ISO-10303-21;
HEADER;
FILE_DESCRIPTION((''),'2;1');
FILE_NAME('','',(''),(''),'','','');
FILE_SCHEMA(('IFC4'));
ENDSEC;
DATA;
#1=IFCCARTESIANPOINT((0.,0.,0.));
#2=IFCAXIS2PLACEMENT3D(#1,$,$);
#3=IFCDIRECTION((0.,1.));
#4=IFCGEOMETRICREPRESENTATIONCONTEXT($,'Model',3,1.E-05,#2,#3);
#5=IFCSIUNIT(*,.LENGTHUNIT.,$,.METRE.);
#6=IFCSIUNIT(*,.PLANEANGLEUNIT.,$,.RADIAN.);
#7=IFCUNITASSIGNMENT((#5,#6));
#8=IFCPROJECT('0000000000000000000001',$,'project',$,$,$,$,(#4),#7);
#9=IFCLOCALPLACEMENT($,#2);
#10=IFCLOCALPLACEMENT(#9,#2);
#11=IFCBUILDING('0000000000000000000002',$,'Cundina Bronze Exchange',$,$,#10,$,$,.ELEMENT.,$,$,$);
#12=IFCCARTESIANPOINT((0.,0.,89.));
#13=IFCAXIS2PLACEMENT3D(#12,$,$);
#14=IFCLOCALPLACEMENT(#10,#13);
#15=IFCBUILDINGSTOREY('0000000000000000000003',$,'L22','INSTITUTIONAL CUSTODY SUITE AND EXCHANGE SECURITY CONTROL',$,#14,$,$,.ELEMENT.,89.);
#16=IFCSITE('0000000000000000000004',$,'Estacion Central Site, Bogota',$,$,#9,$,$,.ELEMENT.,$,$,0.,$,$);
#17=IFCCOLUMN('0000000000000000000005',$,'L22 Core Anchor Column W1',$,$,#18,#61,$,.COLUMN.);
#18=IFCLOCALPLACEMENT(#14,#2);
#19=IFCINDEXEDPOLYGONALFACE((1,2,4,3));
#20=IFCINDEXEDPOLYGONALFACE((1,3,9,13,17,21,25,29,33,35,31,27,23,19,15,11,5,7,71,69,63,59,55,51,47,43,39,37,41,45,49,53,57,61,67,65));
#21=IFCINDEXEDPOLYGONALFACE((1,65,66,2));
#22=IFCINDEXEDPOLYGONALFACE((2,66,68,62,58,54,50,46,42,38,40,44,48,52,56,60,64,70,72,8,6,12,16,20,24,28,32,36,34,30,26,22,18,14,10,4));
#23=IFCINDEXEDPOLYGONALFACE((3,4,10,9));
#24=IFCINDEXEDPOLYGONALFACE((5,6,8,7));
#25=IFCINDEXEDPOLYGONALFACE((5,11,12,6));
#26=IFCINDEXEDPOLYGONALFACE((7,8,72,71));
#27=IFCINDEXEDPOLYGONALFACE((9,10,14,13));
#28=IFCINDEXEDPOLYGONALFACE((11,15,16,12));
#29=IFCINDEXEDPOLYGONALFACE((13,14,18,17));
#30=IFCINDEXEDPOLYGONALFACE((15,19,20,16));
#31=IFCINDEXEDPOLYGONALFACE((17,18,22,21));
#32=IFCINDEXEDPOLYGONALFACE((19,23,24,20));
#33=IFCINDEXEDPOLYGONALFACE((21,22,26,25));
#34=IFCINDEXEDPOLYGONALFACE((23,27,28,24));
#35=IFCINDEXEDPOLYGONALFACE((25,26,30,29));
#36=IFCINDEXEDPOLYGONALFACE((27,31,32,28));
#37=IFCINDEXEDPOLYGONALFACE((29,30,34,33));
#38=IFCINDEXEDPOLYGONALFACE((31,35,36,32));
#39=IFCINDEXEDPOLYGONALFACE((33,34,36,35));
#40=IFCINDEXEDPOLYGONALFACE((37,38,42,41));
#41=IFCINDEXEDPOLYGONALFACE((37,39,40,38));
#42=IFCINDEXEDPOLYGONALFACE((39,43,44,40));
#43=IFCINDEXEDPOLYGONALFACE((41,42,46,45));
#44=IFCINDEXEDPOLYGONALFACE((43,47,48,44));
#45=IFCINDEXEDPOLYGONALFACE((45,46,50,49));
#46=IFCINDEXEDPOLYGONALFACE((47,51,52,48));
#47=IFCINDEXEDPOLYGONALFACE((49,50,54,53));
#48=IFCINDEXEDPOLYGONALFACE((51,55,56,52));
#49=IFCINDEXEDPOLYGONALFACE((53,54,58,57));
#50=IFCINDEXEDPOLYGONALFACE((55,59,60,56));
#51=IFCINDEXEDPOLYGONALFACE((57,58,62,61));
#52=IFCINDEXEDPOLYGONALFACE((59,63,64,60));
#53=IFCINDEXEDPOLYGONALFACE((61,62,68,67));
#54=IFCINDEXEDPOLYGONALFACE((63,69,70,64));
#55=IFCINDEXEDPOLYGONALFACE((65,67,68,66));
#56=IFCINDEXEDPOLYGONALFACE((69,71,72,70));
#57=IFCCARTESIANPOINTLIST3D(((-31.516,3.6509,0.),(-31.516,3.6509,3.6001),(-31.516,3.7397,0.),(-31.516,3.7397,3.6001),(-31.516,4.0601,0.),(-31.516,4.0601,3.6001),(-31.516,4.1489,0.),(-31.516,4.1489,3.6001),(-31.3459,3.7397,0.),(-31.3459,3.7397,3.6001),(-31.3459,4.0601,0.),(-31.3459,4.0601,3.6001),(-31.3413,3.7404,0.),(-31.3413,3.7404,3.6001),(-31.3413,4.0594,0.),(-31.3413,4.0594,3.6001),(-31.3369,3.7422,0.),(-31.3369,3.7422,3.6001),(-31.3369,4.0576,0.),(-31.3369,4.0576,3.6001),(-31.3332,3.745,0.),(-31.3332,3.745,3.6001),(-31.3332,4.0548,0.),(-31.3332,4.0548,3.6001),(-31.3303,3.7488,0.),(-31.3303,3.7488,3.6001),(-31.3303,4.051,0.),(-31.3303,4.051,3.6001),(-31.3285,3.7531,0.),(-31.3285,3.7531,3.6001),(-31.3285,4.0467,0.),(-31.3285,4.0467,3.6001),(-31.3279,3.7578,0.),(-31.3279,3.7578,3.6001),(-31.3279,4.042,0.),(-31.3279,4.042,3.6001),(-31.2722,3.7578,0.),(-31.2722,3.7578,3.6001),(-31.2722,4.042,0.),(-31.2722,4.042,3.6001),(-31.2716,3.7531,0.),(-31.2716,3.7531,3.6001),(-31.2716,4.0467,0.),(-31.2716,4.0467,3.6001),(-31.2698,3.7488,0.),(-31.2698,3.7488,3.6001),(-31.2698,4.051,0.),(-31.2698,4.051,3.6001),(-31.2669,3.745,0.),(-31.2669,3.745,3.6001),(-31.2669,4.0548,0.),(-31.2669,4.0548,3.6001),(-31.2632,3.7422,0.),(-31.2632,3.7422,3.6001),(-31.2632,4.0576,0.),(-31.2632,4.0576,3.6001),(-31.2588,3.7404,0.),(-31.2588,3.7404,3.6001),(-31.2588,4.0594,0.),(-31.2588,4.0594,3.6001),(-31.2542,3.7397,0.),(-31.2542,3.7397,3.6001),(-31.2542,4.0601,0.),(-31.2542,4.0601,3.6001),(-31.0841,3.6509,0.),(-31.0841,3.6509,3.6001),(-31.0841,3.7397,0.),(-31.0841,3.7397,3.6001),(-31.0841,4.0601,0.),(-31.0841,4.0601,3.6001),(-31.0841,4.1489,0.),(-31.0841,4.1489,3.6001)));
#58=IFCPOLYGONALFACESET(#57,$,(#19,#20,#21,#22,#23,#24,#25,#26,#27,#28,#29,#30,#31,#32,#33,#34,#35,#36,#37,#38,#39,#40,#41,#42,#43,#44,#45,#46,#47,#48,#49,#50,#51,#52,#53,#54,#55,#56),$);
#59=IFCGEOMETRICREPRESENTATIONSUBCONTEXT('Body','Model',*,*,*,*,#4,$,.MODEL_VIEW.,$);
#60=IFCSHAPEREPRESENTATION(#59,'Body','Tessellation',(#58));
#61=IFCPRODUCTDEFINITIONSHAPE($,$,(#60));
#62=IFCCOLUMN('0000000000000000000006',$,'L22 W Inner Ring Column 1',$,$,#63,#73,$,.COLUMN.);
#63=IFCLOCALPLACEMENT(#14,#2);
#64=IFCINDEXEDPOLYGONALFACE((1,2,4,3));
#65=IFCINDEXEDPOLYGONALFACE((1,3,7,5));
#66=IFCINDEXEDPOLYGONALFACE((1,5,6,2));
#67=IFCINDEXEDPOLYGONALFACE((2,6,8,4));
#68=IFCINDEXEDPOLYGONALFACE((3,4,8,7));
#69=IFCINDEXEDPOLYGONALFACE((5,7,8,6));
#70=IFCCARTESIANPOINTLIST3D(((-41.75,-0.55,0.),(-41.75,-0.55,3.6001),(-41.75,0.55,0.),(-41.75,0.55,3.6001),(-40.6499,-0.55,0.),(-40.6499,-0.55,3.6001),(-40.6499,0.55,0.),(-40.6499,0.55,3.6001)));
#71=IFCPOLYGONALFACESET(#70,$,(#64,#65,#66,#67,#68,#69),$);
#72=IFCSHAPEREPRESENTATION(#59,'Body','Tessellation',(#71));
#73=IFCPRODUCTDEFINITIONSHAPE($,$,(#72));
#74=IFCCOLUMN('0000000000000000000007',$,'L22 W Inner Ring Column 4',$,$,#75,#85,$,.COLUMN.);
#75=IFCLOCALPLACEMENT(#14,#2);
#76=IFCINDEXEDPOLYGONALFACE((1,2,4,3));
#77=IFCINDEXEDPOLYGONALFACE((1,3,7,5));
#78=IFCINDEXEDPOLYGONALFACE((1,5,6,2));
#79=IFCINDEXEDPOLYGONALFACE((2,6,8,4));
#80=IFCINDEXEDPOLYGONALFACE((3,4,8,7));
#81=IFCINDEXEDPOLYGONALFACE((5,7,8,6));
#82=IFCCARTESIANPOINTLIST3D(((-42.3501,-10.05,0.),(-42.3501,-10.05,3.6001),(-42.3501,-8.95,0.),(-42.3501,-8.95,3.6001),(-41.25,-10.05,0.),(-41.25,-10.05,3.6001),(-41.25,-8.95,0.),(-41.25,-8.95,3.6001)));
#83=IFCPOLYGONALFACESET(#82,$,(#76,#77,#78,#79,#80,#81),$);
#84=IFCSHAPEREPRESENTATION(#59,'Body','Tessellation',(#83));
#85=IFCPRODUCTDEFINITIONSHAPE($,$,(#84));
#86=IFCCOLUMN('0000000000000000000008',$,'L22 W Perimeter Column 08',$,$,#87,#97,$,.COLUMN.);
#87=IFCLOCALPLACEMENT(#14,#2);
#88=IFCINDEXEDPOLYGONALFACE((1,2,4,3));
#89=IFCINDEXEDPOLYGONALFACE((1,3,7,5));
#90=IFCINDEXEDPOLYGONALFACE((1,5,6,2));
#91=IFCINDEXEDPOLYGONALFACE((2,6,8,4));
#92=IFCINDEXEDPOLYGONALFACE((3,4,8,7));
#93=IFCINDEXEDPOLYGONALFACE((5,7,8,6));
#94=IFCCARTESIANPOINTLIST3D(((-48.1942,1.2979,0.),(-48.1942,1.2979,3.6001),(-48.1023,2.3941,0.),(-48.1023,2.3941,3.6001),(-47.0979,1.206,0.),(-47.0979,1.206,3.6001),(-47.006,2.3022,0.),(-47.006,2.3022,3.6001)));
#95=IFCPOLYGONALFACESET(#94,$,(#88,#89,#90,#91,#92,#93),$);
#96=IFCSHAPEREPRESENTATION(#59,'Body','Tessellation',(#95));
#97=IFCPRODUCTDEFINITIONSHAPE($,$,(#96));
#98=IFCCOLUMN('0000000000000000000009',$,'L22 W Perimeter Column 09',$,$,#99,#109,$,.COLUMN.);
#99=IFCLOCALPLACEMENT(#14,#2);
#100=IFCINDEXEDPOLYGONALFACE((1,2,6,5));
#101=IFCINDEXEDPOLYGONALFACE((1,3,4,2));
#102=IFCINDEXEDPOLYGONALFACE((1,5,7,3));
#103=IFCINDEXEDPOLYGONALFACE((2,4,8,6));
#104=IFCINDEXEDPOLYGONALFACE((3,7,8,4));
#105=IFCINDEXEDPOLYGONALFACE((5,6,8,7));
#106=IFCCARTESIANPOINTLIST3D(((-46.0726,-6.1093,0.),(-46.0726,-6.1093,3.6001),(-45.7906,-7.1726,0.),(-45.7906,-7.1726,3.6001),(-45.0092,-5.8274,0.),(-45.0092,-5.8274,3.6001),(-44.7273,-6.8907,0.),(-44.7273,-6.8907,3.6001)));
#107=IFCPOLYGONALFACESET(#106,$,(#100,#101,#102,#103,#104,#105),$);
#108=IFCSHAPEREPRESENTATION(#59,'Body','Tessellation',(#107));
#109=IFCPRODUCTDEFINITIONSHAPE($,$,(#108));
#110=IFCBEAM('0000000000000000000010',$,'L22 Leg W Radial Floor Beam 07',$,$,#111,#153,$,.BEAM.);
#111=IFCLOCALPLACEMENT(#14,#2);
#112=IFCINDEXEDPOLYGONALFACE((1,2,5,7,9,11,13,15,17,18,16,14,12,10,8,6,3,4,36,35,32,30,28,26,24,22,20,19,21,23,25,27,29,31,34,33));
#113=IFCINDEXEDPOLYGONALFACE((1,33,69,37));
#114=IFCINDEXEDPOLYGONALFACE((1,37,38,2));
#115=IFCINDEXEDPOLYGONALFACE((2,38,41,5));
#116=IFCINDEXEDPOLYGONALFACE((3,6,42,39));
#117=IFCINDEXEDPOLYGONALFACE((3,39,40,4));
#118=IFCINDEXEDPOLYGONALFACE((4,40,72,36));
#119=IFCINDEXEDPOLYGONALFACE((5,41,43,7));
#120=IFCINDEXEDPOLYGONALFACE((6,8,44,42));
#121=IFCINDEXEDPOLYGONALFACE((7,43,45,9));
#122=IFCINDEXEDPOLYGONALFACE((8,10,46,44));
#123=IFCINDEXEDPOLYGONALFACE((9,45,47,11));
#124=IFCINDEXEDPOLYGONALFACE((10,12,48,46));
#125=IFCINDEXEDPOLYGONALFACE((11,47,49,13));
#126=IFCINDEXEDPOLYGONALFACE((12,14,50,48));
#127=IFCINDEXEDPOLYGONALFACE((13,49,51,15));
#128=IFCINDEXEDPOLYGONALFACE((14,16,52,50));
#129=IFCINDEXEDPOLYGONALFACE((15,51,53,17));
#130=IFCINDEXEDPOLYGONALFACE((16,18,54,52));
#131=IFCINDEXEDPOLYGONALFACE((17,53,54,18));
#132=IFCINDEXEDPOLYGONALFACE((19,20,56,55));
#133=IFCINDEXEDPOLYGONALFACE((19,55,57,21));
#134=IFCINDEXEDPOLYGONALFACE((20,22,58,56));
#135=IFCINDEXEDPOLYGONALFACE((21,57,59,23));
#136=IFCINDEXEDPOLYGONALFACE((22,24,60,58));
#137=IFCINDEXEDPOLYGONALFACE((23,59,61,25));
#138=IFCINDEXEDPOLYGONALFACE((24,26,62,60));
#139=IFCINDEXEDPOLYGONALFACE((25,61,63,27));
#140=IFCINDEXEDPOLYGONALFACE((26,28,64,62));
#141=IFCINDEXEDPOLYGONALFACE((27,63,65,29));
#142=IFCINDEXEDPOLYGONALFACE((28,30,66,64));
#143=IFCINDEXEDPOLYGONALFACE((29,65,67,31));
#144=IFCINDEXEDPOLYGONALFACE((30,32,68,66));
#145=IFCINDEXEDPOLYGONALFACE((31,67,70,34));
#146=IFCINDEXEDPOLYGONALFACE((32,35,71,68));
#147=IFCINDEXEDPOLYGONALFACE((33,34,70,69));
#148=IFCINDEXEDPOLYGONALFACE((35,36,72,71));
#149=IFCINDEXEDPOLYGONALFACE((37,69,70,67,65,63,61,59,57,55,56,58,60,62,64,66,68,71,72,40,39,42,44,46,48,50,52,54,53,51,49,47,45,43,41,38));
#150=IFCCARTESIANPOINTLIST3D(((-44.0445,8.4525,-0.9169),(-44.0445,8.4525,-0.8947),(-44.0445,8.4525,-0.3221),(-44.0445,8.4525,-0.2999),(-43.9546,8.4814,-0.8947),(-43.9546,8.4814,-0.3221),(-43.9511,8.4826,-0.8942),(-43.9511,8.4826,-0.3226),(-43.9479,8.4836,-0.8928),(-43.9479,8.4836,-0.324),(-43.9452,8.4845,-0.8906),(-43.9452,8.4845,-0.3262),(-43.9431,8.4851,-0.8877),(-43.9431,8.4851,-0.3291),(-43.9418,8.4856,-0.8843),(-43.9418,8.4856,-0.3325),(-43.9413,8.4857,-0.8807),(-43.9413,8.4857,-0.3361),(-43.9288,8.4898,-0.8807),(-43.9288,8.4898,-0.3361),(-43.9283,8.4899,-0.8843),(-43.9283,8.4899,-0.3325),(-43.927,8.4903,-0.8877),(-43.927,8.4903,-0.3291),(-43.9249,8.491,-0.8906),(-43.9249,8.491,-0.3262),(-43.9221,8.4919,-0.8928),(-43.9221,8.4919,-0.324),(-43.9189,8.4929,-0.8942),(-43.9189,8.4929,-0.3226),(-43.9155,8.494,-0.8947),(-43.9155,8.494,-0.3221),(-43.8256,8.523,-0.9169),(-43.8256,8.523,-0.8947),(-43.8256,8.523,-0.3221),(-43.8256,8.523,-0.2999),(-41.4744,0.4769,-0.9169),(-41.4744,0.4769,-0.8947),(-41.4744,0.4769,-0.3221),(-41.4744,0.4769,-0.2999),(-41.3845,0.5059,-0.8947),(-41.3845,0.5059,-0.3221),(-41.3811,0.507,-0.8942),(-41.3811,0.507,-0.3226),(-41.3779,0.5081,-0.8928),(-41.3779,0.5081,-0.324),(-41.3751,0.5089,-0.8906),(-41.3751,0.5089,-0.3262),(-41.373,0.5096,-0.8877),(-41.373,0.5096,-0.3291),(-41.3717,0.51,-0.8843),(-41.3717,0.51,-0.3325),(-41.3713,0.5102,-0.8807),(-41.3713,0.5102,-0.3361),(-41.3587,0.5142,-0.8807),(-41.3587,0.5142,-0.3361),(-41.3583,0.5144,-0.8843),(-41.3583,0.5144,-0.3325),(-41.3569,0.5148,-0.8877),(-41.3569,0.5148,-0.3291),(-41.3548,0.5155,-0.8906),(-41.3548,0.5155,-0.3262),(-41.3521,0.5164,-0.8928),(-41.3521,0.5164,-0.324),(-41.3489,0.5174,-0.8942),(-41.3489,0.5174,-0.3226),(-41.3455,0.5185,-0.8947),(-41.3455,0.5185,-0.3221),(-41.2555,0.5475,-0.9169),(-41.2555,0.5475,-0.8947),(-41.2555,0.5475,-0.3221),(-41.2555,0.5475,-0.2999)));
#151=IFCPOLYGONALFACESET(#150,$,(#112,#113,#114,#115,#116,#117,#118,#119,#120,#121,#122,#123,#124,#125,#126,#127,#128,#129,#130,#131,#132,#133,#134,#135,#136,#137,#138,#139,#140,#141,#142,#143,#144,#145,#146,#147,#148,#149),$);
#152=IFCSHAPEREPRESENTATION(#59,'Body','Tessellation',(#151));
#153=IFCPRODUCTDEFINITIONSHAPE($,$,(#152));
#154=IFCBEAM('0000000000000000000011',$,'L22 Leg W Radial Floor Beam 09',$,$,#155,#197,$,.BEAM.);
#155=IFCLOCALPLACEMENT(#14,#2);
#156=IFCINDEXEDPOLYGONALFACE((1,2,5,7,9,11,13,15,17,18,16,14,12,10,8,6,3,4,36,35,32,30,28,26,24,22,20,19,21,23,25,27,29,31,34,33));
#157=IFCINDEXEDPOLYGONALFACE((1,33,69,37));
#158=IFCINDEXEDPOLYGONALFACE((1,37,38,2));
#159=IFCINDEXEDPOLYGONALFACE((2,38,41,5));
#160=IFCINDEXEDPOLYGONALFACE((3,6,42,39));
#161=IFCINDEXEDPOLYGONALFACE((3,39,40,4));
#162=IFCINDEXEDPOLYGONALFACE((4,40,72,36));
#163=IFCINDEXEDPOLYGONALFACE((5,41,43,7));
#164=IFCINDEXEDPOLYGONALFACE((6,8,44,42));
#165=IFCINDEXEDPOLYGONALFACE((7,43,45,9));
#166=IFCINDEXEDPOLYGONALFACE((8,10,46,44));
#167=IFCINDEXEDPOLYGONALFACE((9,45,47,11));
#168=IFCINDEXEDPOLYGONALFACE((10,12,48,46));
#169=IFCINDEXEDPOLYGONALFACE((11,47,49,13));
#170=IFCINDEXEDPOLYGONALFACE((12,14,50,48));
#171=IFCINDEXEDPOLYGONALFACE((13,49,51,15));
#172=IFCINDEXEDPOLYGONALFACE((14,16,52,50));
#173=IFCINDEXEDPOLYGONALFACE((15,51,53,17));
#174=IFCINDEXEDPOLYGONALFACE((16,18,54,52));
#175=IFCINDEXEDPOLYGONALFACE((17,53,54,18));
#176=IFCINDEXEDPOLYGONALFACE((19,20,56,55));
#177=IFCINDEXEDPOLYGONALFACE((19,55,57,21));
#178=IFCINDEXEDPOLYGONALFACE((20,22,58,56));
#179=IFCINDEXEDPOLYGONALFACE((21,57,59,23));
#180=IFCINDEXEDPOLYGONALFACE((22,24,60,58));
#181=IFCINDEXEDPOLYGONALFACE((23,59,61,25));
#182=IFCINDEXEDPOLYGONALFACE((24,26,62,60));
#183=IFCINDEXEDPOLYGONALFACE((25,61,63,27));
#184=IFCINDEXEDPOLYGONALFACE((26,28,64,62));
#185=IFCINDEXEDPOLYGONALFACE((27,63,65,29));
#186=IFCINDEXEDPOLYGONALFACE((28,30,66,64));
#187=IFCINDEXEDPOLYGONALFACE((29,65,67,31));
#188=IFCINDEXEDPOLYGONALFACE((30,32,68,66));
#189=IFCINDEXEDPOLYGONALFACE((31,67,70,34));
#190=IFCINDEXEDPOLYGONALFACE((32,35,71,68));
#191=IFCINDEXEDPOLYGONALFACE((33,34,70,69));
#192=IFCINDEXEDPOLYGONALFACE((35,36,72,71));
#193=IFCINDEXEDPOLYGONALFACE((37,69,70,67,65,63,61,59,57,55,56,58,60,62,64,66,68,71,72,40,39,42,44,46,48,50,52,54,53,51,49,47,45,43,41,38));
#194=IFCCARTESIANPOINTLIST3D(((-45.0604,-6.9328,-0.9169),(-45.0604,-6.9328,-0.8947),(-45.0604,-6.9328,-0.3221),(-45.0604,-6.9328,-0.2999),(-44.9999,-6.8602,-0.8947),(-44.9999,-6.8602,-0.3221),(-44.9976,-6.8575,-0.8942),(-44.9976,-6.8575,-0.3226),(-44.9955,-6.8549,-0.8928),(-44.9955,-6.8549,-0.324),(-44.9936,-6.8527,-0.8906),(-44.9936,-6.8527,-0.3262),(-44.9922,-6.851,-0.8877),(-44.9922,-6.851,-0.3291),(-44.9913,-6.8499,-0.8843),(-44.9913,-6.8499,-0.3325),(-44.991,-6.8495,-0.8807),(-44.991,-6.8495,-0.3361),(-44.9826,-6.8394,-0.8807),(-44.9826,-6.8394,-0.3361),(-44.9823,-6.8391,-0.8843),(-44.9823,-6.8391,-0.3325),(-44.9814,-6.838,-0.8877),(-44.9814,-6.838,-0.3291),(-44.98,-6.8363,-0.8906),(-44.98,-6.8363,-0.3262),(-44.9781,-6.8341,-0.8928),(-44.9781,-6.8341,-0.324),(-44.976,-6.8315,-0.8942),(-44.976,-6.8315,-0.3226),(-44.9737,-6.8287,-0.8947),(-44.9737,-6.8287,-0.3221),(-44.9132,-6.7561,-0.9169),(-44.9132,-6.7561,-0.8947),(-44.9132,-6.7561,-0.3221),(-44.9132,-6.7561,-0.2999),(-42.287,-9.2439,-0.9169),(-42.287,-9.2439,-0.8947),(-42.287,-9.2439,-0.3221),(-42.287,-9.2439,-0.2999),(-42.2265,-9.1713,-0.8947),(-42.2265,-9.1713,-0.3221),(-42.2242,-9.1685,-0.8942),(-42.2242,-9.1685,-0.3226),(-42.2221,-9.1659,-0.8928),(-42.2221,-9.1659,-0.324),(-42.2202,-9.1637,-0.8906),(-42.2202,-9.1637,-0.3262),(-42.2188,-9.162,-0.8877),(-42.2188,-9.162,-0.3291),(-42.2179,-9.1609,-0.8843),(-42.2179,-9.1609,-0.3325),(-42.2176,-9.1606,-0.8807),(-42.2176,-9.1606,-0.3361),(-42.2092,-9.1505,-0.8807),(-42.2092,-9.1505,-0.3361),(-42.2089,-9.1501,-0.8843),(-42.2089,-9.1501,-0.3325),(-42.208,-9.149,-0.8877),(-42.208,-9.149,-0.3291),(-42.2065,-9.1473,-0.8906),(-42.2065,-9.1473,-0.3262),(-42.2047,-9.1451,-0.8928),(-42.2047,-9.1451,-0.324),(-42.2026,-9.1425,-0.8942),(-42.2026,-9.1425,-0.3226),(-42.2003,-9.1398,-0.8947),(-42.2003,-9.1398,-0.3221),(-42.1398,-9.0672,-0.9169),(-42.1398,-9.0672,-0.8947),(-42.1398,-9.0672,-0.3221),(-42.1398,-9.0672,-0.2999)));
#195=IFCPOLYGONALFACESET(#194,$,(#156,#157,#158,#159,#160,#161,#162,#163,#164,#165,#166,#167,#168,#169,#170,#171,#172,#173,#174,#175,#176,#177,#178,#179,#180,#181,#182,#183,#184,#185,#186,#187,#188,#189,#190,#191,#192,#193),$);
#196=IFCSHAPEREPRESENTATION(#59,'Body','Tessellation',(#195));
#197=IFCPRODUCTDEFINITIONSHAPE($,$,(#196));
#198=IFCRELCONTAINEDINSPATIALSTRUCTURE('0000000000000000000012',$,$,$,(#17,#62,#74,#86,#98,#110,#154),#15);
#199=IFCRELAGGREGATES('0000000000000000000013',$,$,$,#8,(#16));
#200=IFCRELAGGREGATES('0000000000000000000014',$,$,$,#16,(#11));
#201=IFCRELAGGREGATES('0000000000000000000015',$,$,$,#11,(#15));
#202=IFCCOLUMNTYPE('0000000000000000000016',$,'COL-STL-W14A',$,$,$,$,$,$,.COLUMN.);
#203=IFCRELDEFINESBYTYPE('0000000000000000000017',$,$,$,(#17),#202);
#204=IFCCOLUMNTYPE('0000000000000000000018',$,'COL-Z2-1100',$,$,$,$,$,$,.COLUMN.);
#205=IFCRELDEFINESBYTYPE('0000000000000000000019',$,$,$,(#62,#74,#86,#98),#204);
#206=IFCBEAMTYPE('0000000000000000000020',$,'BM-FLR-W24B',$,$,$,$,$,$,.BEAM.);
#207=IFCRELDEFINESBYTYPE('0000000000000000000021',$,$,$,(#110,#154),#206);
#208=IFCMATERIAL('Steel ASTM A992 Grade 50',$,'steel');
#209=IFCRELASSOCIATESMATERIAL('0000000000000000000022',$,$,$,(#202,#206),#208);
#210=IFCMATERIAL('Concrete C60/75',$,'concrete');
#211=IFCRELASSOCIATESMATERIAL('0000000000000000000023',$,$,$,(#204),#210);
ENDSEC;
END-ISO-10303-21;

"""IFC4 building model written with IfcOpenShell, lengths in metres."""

from ifc_helpers import new_model, si_unit, direction, frame, origin, origin_2d, place, context, subcontext, project, spatial, rectangle, i_section, extrude, material, material_profile, profile_set, type_object, element, save


model = new_model("IFC4")

# Units and contexts
model_context = context("Model", 3, precision=1e-05, world=origin(), true_north=direction((0.0, 1.0)))
body_context = subcontext(model_context, "Body", "Model", "MODEL_VIEW")
ifc_project = project(units=[si_unit("LENGTHUNIT", "METRE"), si_unit("PLANEANGLEUNIT", "RADIAN")], contexts=[model_context])

# Site, building, storey
site_placement = place(None, origin())
site = spatial("IfcSite", under=ifc_project, at=site_placement, Name="Estacion Central Site, Bogota", CompositionType="ELEMENT", RefElevation=0.0)
building_placement = place(site_placement, origin())
building = spatial("IfcBuilding", under=site, at=building_placement, Name="Cundina Bronze Exchange", CompositionType="ELEMENT")
storey_placement = place(building_placement, frame((0.0, 0.0, 89.0)))
storey = spatial("IfcBuildingStorey", under=building, at=storey_placement, Name="L22", Description="INSTITUTIONAL CUSTODY SUITE AND EXCHANGE SECURITY CONTROL", CompositionType="ELEMENT", Elevation=89.0)

# Columns
ifc_material_1 = material(Name="Steel ASTM A992 Grade 50", Category="steel")
ifc_material_profile_1 = material_profile(ifc_material_1, i_section(OverallWidth=0.4319, OverallDepth=0.498, WebThickness=0.0557, FlangeThickness=0.0889, FilletRadius=0.0181, at=origin_2d()), Name="W14X500", Category="steel")
ifc_profile_set_1 = profile_set([ifc_material_profile_1], Name="Steel ASTM A992 Grade 50")
column_type_1 = type_object("IfcColumnType", Name="COL-STL-W14A", PredefinedType="COLUMN", material=ifc_profile_set_1)
column_placement = place(storey_placement, frame((-31.3, 3.8999, 0.0), z_axis=(0.0, 0.0, 1.0), x_axis=(1.0, 0.0, 0.0)))
element("IfcColumn", 1, at=column_placement, inside=storey, type_object=column_type_1, Name="L22 Core Anchor Column W1", PredefinedType="COLUMN", context=body_context, shape_type="SweptSolid", body=[
    extrude(i_section(OverallWidth=0.4319, OverallDepth=0.498, WebThickness=0.0557, FlangeThickness=0.0889, FilletRadius=0.0181, at=origin_2d()), origin(), (0.0, 0.0, 1.0), 3.6001),
])
ifc_material_2 = material(Name="Concrete C60/75", Category="concrete")
ifc_material_profile_2 = material_profile(ifc_material_2, rectangle(XDim=1.1001, YDim=1.1001, at=origin_2d()), Name="RC1100X1100", Category="concrete")
ifc_profile_set_2 = profile_set([ifc_material_profile_2], Name="Concrete C60/75")
column_type_2 = type_object("IfcColumnType", Name="COL-Z2-1100", PredefinedType="COLUMN", material=ifc_profile_set_2)
for number, where, z_axis, x_axis, name in (
    (2, (-41.2, 0.0, 0.0), (0.0, 0.0, 1.0), (1.0, 0.0, 0.0), "L22 W Inner Ring Column 1"),
    (3, (-41.8, -9.5, 0.0), (0.0, 0.0, 1.0), (1.0, 0.0, 0.0), "L22 W Inner Ring Column 4"),
    (4, (-47.6001, 1.8, 0.0), (0.0, 0.0, 1.0), (-0.083504, -0.996507, 0.0), "L22 W Perimeter Column 08"),
    (5, (-45.3999, -6.5, 0.0), (0.0, 0.0, 1.0), (0.256289, -0.9666, 0.0), "L22 W Perimeter Column 09"),
):
    element("IfcColumn", number, at=place(storey_placement, frame(where, z_axis=z_axis, x_axis=x_axis)), inside=storey, type_object=column_type_2, Name=name, PredefinedType="COLUMN", context=body_context, shape_type="SweptSolid", body=[
        extrude(rectangle(XDim=1.1001, YDim=1.1001, at=origin_2d()), origin(), (0.0, 0.0, 1.0), 3.6001),
    ])

# Beams
ifc_material_profile_3 = material_profile(ifc_material_1, i_section(OverallWidth=0.23, OverallDepth=0.6169, WebThickness=0.0132, FlangeThickness=0.0222, FilletRadius=0.0139, at=origin_2d()), Name="W24X94", Category="steel")
ifc_profile_set_3 = profile_set([ifc_material_profile_3], Name="Steel ASTM A992 Grade 50")
beam_type_1 = type_object("IfcBeamType", Name="BM-FLR-W24B", PredefinedType="BEAM", material=ifc_profile_set_3)
beam_1_placement = place(storey_placement, frame((-41.365, 0.5122, -0.6084), z_axis=(-0.306711, 0.951803, 0.0), x_axis=(-0.951803, -0.306711, 0.0)))
element("IfcBeam", 6, at=beam_1_placement, inside=storey, type_object=beam_type_1, Name="L22 Leg W Radial Floor Beam 07", PredefinedType="BEAM", context=body_context, shape_type="SweptSolid", body=[
    extrude(i_section(OverallWidth=0.23, OverallDepth=0.6169, WebThickness=0.0132, FlangeThickness=0.0222, FilletRadius=0.0139, at=origin_2d()), origin(), (0.0, 0.0, 1.0), 8.3794),
])
beam_2_placement = place(storey_placement, frame((-42.2134, -9.1555, -0.6084), z_axis=(-0.768243, 0.640158, 0.0), x_axis=(-0.640158, -0.768243, 0.0)))
element("IfcBeam", 7, at=beam_2_placement, inside=storey, type_object=beam_type_1, Name="L22 Leg W Radial Floor Beam 09", PredefinedType="BEAM", context=body_context, shape_type="SweptSolid", body=[
    extrude(i_section(OverallWidth=0.23, OverallDepth=0.6169, WebThickness=0.0132, FlangeThickness=0.0222, FilletRadius=0.0139, at=origin_2d()), origin(), (0.0, 0.0, 1.0), 3.6101),
])

save(model, "model.ifc")
